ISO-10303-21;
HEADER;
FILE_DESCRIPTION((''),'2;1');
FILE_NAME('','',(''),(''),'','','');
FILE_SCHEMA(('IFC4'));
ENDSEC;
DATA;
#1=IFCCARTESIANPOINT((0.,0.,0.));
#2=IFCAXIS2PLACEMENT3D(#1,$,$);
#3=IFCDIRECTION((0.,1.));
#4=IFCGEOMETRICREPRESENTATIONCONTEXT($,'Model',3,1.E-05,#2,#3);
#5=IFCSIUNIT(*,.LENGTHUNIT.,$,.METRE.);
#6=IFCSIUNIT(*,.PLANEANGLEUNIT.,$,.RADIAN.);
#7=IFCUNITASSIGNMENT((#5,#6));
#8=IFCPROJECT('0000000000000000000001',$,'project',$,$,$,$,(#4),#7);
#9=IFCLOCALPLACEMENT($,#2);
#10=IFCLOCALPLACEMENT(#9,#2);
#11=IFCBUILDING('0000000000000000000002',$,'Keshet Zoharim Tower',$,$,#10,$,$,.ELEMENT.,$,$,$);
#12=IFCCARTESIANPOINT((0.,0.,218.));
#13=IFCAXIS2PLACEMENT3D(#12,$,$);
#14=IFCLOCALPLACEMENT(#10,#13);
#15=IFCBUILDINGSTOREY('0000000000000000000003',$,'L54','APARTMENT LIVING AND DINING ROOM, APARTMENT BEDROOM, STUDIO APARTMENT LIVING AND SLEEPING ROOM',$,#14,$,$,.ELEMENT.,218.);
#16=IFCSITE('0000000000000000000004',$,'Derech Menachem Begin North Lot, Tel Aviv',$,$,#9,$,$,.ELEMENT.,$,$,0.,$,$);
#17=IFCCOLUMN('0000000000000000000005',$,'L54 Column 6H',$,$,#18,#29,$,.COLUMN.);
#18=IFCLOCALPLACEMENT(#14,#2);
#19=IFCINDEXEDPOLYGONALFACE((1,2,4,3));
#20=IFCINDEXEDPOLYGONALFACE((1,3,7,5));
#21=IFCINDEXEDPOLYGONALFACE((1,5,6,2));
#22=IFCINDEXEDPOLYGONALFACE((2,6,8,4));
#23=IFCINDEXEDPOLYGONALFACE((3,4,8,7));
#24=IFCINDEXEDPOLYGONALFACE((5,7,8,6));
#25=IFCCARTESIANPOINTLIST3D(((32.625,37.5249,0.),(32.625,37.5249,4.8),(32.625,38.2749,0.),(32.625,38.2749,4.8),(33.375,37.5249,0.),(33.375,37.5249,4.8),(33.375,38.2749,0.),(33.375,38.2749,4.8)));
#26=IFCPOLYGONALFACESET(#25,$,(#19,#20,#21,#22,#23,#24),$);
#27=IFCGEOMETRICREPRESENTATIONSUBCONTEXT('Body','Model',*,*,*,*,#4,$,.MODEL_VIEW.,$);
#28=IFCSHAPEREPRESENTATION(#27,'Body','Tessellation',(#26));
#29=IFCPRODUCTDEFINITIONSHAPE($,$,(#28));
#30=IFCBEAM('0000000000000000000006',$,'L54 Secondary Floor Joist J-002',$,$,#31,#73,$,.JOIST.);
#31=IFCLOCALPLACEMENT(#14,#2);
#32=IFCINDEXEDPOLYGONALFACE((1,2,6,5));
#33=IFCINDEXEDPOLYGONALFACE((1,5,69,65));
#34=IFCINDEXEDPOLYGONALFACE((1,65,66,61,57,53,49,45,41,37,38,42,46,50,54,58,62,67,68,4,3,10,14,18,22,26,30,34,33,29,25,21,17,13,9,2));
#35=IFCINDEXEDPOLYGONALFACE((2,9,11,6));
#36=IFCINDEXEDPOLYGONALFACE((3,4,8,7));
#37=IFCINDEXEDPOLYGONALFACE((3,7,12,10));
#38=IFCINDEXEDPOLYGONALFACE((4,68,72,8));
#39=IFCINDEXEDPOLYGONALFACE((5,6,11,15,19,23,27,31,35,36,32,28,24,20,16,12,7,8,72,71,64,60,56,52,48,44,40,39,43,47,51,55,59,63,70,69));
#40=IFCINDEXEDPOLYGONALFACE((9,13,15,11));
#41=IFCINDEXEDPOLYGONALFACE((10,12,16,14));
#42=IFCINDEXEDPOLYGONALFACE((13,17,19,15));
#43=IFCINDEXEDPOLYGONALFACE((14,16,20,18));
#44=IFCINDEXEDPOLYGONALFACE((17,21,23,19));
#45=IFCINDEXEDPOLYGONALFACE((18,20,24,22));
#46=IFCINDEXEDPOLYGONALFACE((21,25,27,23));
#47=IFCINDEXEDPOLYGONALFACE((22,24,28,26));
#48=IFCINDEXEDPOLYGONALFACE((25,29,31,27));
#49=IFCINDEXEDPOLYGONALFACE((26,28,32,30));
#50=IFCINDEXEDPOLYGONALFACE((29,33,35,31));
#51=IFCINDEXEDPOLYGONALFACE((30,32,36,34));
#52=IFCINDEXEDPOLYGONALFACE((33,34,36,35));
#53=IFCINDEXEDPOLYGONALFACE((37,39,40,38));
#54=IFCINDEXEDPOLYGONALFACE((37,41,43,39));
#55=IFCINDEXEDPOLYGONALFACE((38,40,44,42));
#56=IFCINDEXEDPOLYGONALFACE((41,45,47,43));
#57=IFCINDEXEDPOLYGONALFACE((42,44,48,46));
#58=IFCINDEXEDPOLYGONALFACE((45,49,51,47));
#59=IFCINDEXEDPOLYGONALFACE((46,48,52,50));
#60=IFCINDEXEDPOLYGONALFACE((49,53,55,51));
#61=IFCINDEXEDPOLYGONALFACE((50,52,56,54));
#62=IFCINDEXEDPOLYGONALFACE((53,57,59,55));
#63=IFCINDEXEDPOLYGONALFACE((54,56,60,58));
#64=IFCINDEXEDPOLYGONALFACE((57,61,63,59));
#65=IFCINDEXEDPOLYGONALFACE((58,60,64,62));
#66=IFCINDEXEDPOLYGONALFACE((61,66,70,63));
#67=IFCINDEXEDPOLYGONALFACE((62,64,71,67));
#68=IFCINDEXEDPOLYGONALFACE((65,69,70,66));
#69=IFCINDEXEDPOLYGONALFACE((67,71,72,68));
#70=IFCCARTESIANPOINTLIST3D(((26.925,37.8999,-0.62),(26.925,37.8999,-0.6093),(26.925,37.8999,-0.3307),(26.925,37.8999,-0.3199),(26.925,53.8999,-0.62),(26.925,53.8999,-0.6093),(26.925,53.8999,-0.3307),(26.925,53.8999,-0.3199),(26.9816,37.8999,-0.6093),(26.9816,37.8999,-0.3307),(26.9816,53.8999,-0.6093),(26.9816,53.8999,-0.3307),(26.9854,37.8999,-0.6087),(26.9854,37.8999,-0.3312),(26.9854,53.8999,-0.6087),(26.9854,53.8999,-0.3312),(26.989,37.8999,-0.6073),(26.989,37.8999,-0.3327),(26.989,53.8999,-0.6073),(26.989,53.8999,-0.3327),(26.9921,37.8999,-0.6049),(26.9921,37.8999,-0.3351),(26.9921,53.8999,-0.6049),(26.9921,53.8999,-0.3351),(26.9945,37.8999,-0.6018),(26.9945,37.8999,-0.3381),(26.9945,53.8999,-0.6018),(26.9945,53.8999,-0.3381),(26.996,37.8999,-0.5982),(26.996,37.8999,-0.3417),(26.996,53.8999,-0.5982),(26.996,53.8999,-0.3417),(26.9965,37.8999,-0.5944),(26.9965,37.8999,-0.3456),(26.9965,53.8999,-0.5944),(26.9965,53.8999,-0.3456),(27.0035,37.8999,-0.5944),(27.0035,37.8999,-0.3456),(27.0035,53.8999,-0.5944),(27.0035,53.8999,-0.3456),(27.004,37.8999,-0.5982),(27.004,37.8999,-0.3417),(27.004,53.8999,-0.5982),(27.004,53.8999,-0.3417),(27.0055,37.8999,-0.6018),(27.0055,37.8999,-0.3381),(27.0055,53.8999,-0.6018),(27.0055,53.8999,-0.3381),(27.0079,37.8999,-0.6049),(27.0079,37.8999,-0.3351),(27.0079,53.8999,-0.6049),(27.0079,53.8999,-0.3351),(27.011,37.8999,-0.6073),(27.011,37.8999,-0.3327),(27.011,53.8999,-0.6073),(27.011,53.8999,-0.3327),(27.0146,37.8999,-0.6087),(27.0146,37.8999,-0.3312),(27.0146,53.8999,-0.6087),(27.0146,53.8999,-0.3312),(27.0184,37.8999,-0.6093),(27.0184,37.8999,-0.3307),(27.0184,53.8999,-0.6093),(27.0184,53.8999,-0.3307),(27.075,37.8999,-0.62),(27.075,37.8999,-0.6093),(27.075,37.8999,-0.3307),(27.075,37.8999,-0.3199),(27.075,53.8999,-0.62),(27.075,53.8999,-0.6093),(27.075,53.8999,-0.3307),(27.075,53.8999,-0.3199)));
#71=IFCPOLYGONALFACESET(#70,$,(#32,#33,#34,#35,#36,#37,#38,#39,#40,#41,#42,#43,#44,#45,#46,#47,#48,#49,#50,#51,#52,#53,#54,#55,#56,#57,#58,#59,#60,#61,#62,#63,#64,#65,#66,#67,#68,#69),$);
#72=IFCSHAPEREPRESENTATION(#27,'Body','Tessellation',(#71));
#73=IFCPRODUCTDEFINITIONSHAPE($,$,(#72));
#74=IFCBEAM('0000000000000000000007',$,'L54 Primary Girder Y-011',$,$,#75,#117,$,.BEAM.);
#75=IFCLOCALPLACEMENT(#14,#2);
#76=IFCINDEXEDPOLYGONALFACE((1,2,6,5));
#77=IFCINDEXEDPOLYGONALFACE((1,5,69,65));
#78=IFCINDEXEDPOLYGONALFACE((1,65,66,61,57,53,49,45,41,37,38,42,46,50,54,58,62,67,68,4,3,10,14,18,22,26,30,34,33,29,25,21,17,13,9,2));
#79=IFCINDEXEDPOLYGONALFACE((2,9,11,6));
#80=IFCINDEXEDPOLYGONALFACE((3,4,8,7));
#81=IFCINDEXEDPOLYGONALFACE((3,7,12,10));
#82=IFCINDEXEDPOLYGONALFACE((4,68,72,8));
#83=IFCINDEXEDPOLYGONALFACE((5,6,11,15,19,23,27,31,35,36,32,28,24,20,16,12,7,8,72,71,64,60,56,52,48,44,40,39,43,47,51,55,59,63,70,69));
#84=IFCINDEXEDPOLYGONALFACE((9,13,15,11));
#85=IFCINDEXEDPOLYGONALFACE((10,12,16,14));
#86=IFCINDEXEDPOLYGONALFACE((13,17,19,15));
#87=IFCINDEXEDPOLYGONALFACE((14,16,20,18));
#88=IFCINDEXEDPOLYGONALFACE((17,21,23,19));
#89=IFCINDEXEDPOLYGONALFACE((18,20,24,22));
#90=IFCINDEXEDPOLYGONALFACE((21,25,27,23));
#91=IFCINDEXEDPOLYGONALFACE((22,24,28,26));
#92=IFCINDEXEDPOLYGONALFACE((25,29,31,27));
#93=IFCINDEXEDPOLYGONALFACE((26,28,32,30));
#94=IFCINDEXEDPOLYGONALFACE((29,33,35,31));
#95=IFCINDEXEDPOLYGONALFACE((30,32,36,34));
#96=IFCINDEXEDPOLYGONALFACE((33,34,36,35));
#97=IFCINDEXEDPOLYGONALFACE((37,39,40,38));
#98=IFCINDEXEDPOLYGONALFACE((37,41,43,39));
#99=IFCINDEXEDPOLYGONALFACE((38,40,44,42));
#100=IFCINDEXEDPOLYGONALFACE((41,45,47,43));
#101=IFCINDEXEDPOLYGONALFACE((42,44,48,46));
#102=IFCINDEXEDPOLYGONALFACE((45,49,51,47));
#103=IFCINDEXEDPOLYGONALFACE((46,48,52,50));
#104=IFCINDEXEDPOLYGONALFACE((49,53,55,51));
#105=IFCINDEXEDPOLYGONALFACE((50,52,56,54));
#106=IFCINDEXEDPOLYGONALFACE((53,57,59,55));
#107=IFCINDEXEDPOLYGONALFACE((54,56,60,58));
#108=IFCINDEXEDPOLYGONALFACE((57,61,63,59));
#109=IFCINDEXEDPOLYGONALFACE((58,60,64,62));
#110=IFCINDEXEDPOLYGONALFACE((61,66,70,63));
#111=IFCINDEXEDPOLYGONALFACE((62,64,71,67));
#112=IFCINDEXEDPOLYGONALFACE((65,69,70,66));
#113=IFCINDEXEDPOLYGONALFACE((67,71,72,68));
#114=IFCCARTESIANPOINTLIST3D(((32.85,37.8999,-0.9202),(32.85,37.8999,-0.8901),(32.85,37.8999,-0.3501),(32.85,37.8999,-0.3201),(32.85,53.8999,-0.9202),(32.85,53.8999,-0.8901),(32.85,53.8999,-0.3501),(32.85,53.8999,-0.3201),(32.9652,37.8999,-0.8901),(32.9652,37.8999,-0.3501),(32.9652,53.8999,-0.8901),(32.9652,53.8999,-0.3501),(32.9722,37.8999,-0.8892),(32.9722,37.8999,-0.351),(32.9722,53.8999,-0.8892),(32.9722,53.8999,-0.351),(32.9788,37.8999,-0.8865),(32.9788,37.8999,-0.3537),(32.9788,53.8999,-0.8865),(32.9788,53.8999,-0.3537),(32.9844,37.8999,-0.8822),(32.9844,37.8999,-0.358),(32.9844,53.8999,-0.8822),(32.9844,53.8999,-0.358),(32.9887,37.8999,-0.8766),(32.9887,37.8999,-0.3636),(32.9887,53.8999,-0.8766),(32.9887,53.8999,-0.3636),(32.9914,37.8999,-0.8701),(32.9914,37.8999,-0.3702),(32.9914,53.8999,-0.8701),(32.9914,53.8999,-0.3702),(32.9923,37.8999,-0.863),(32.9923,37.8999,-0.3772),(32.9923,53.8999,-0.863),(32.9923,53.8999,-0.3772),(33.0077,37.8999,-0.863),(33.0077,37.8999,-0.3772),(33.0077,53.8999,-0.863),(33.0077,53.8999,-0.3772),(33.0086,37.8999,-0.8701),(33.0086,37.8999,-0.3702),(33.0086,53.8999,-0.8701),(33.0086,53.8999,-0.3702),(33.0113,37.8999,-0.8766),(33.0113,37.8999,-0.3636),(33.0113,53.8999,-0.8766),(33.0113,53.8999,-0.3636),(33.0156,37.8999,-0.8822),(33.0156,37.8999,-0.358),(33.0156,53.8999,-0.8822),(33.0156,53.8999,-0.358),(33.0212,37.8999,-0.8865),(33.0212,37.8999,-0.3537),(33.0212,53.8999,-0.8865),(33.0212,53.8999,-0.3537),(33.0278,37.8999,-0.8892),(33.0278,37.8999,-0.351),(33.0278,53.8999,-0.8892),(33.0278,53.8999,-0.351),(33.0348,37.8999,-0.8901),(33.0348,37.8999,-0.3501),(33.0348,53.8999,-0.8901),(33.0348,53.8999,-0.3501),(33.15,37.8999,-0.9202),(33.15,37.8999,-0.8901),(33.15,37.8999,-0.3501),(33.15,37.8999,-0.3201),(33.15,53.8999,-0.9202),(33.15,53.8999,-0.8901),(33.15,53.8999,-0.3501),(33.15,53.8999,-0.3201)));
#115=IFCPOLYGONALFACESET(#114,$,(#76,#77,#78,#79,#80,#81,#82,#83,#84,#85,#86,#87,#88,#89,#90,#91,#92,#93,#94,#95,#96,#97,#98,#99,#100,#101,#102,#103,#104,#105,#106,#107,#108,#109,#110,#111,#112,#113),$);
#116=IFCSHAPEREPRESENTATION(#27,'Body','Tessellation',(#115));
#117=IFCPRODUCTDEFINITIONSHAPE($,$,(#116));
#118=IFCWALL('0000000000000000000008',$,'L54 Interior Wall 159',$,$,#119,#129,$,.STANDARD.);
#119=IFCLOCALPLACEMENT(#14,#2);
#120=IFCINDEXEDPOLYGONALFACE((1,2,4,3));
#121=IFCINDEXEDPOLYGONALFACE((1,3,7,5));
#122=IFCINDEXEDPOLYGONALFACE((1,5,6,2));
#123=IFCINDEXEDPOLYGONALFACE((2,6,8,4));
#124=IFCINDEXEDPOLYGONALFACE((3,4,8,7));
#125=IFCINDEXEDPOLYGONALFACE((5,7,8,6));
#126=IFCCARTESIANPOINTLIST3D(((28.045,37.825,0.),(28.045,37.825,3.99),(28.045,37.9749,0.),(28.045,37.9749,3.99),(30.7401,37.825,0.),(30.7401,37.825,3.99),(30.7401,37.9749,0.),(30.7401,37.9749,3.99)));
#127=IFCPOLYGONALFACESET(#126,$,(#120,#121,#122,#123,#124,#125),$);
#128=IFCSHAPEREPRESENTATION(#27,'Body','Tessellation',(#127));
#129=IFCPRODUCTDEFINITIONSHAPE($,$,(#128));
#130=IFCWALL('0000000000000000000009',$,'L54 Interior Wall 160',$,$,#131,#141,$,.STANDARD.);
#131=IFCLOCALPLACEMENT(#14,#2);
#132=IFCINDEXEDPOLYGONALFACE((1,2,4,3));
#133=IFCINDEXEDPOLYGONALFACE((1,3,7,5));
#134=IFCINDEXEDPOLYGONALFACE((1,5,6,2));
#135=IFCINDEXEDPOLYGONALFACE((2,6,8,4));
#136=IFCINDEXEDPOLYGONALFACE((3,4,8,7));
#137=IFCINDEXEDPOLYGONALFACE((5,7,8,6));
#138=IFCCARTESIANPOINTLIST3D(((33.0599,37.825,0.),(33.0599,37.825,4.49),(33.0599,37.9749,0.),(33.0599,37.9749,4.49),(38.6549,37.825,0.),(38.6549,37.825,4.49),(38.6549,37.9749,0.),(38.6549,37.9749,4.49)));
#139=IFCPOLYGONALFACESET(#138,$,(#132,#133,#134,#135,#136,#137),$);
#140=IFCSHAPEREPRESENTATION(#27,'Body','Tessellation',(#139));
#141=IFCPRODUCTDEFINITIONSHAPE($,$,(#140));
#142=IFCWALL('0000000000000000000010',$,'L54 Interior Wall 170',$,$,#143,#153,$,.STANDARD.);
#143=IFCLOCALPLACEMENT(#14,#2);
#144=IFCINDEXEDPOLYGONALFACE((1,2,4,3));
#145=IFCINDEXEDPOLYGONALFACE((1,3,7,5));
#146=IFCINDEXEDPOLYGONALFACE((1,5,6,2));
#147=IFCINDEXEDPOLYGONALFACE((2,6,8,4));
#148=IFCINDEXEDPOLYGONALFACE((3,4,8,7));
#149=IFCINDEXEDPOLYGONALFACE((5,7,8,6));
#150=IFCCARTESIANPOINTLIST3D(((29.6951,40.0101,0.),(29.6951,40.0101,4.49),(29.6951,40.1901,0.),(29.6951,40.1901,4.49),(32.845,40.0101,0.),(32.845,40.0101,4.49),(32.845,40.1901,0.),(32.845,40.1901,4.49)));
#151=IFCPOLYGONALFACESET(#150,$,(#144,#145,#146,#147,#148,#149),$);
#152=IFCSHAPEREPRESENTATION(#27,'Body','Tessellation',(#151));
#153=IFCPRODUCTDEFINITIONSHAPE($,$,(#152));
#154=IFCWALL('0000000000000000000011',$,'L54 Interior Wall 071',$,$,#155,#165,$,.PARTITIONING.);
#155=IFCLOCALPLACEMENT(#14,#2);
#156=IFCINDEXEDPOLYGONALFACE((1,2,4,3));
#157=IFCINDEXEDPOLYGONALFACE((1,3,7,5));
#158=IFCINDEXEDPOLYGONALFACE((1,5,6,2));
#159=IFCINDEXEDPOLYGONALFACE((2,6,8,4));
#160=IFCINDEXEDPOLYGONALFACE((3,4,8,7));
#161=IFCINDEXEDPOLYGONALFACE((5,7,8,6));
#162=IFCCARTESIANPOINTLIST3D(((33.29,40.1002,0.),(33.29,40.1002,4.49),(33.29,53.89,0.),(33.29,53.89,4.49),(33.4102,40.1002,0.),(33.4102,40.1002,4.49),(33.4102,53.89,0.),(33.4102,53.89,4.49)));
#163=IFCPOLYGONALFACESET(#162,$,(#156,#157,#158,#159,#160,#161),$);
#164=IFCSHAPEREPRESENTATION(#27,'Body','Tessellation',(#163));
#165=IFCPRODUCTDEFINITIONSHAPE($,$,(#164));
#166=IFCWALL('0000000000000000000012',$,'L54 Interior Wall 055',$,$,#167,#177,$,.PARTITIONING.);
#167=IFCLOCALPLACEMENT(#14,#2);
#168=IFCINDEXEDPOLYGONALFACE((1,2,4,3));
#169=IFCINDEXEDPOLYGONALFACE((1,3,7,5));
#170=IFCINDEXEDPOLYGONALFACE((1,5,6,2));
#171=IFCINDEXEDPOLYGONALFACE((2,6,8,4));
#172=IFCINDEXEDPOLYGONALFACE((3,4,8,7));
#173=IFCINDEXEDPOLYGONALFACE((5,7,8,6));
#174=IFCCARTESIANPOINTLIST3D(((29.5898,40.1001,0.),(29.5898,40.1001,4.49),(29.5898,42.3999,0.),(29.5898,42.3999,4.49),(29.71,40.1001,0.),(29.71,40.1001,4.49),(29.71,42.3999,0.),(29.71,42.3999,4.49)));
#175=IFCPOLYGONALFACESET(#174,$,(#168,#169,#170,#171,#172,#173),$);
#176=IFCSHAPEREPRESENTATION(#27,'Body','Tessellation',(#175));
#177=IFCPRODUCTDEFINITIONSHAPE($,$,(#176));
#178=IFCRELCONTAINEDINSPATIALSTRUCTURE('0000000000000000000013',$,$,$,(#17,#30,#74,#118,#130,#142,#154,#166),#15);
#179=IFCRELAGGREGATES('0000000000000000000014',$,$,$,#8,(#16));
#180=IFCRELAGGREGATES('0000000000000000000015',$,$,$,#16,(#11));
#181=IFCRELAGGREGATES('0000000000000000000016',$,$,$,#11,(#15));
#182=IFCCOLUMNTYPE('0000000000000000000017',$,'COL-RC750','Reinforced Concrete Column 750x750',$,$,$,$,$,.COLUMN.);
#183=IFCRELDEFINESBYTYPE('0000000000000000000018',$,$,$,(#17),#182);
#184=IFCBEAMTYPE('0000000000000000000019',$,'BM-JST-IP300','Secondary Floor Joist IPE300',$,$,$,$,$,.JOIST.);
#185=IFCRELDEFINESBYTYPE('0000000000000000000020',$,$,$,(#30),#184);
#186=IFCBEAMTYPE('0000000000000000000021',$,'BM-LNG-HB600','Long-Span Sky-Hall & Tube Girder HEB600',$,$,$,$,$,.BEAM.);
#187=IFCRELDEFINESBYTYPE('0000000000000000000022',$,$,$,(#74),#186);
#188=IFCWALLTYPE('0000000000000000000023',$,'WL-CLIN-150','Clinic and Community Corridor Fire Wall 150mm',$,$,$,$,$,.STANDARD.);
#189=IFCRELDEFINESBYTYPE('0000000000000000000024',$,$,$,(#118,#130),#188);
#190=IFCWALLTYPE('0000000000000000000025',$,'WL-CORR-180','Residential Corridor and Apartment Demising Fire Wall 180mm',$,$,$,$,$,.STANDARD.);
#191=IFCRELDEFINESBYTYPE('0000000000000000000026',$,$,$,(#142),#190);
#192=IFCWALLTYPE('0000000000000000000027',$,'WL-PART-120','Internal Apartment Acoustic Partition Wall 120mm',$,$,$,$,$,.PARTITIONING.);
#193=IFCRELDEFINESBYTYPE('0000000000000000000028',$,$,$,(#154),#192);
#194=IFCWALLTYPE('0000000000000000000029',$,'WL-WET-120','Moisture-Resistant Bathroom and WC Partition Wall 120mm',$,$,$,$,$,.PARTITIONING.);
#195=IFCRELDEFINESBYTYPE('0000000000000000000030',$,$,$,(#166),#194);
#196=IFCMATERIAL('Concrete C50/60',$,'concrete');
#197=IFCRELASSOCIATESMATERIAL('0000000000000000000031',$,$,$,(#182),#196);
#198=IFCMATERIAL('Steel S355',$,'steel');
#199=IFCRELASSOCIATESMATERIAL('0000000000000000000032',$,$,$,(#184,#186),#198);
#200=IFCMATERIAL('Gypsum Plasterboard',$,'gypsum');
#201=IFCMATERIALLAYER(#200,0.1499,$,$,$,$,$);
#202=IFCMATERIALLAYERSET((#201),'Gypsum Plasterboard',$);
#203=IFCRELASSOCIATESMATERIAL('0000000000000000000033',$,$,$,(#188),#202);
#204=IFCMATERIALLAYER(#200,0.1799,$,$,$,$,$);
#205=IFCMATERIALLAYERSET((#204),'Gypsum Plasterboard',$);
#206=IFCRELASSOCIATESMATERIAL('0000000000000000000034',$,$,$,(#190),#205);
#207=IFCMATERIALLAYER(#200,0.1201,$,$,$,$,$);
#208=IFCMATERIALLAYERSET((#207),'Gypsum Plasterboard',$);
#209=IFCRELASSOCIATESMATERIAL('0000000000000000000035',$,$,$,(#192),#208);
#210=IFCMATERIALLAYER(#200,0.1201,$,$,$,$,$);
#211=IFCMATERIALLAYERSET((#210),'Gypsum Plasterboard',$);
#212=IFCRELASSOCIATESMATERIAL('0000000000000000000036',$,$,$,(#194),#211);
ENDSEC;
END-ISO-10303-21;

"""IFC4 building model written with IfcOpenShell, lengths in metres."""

from ifc_helpers import new_model, si_unit, direction, frame, frame_2d, origin, origin_2d, place, context, subcontext, project, spatial, rectangle, i_section, extrude, material, layer, layer_set, material_profile, profile_set, type_object, element, save


model = new_model("IFC4")

# Units and contexts
model_context = context("Model", 3, precision=1e-05, world=origin(), true_north=direction((0.0, 1.0)))
body_context = subcontext(model_context, "Body", "Model", "MODEL_VIEW")
ifc_project = project(units=[si_unit("LENGTHUNIT", "METRE"), si_unit("PLANEANGLEUNIT", "RADIAN")], contexts=[model_context])

# Site, building, storey
site_placement = place(None, origin())
site = spatial("IfcSite", under=ifc_project, at=site_placement, Name="Derech Menachem Begin North Lot, Tel Aviv", CompositionType="ELEMENT", RefElevation=0.0)
building_placement = place(site_placement, origin())
building = spatial("IfcBuilding", under=site, at=building_placement, Name="Keshet Zoharim Tower", CompositionType="ELEMENT")
storey_placement = place(building_placement, frame((0.0, 0.0, 218.0)))
storey = spatial("IfcBuildingStorey", under=building, at=storey_placement, Name="L54", Description="APARTMENT LIVING AND DINING ROOM, APARTMENT BEDROOM, STUDIO APARTMENT LIVING AND SLEEPING ROOM", CompositionType="ELEMENT", Elevation=218.0)

# Column
ifc_material_1 = material(Name="Concrete C50/60", Category="concrete")
ifc_material_profile_1 = material_profile(ifc_material_1, rectangle(XDim=0.75, YDim=0.75, at=origin_2d()), Name="RC750x750")
ifc_profile_set_1 = profile_set([ifc_material_profile_1], Name="Concrete C50/60")
column_type = type_object("IfcColumnType", Name="COL-RC750", Description="Reinforced Concrete Column 750x750", PredefinedType="COLUMN", material=ifc_profile_set_1)
column_placement = place(storey_placement, frame((33.0, 37.8999, 0.0), z_axis=(0.0, 0.0, 1.0), x_axis=(1.0, 0.0, 0.0)))
element("IfcColumn", 1, at=column_placement, inside=storey, type_object=column_type, Name="L54 Column 6H", PredefinedType="COLUMN", context=body_context, shape_type="SweptSolid", body=[
    extrude(rectangle(XDim=0.75, YDim=0.75, at=origin_2d()), origin(), (0.0, 0.0, 1.0), 4.8),
])

# Beams
ifc_material_2 = material(Name="Steel S355", Category="steel")
ifc_material_profile_2 = material_profile(ifc_material_2, i_section(OverallWidth=0.1499, OverallDepth=0.3, WebThickness=0.0071, FlangeThickness=0.0107, FilletRadius=0.0149, at=origin_2d()), Name="IPE300")
ifc_profile_set_2 = profile_set([ifc_material_profile_2], Name="Steel S355")
beam_type_1 = type_object("IfcBeamType", Name="BM-JST-IP300", Description="Secondary Floor Joist IPE300", PredefinedType="JOIST", material=ifc_profile_set_2)
beam_1_placement = place(storey_placement, frame((27.0, 37.8999, -0.47), z_axis=(0.0, 1.0, 0.0), x_axis=(-1.0, 0.0, 0.0)))
element("IfcBeam", 2, at=beam_1_placement, inside=storey, type_object=beam_type_1, Name="L54 Secondary Floor Joist J-002", PredefinedType="JOIST", context=body_context, shape_type="SweptSolid", body=[
    extrude(i_section(OverallWidth=0.1499, OverallDepth=0.3, WebThickness=0.0071, FlangeThickness=0.0107, FilletRadius=0.0149, at=origin_2d()), origin(), (0.0, 0.0, 1.0), 16.0),
])
ifc_material_profile_3 = material_profile(ifc_material_2, i_section(OverallWidth=0.3, OverallDepth=0.6001, WebThickness=0.0154, FlangeThickness=0.03, FilletRadius=0.0271, at=origin_2d()), Name="HEB600")
ifc_profile_set_3 = profile_set([ifc_material_profile_3], Name="Steel S355")
beam_type_2 = type_object("IfcBeamType", Name="BM-LNG-HB600", Description="Long-Span Sky-Hall & Tube Girder HEB600", PredefinedType="BEAM", material=ifc_profile_set_3)
beam_2_placement = place(storey_placement, frame((33.0, 37.8999, -0.6201), z_axis=(0.0, 1.0, 0.0), x_axis=(-1.0, 0.0, 0.0)))
element("IfcBeam", 3, at=beam_2_placement, inside=storey, type_object=beam_type_2, Name="L54 Primary Girder Y-011", PredefinedType="BEAM", context=body_context, shape_type="SweptSolid", body=[
    extrude(i_section(OverallWidth=0.3, OverallDepth=0.6001, WebThickness=0.0154, FlangeThickness=0.03, FilletRadius=0.0271, at=origin_2d()), origin(), (0.0, 0.0, 1.0), 16.0),
])

# Walls
ifc_material_3 = material(Name="Gypsum Plasterboard", Category="gypsum")
ifc_layer_1 = layer(ifc_material_3, 0.1499)
ifc_layer_set_1 = layer_set([ifc_layer_1], Name="Gypsum Plasterboard")
wall_type_1 = type_object("IfcWallType", Name="WL-CLIN-150", Description="Clinic and Community Corridor Fire Wall 150mm", PredefinedType="STANDARD", material=ifc_layer_set_1)
wall_1_placement = place(storey_placement, frame((28.0449, 37.8999, 0.0), z_axis=(0.0, 0.0, 1.0), x_axis=(1.0, 0.0, 0.0)))
element("IfcWall", 4, at=wall_1_placement, inside=storey, type_object=wall_type_1, Name="L54 Interior Wall 159", PredefinedType="STANDARD", context=body_context, shape_type="SweptSolid", body=[
    extrude(rectangle(XDim=2.6951, YDim=0.1499, at=frame_2d((1.3477, 0.0))), origin(), (0.0, 0.0, 1.0), 3.99),
])
wall_2_placement = place(storey_placement, frame((33.0601, 37.8999, 0.0), z_axis=(0.0, 0.0, 1.0), x_axis=(1.0, 0.0, 0.0)))
element("IfcWall", 5, at=wall_2_placement, inside=storey, type_object=wall_type_1, Name="L54 Interior Wall 160", PredefinedType="STANDARD", context=body_context, shape_type="SweptSolid", body=[
    extrude(rectangle(XDim=5.595, YDim=0.1499, at=frame_2d((2.7974, 0.0))), origin(), (0.0, 0.0, 1.0), 4.49),
])
ifc_layer_2 = layer(ifc_material_3, 0.1799)
ifc_layer_set_2 = layer_set([ifc_layer_2], Name="Gypsum Plasterboard")
wall_type_2 = type_object("IfcWallType", Name="WL-CORR-180", Description="Residential Corridor and Apartment Demising Fire Wall 180mm", PredefinedType="STANDARD", material=ifc_layer_set_2)
wall_3_placement = place(storey_placement, frame((29.6951, 40.1001, 0.0), z_axis=(0.0, 0.0, 1.0), x_axis=(1.0, 0.0, 0.0)))
element("IfcWall", 6, at=wall_3_placement, inside=storey, type_object=wall_type_2, Name="L54 Interior Wall 170", PredefinedType="STANDARD", context=body_context, shape_type="SweptSolid", body=[
    extrude(rectangle(XDim=3.1499, YDim=0.1799, at=frame_2d((1.575, 0.0))), origin(), (0.0, 0.0, 1.0), 4.49),
])

# Wall
ifc_layer_3 = layer(ifc_material_3, 0.1201)
ifc_layer_set_3 = layer_set([ifc_layer_3], Name="Gypsum Plasterboard")
wall_type_3 = type_object("IfcWallType", Name="WL-PART-120", Description="Internal Apartment Acoustic Partition Wall 120mm", PredefinedType="PARTITIONING", material=ifc_layer_set_3)
wall_4_placement = place(storey_placement, frame((33.3501, 40.1001, 0.0), z_axis=(0.0, 0.0, 1.0), x_axis=(0.0, 1.0, 0.0)))
element("IfcWall", 7, at=wall_4_placement, inside=storey, type_object=wall_type_3, Name="L54 Interior Wall 071", PredefinedType="PARTITIONING", context=body_context, shape_type="SweptSolid", body=[
    extrude(rectangle(XDim=13.7898, YDim=0.1201, at=frame_2d((6.895, 0.0))), origin(), (0.0, 0.0, 1.0), 4.49),
])

# Wall
ifc_layer_4 = layer(ifc_material_3, 0.1201)
ifc_layer_set_4 = layer_set([ifc_layer_4], Name="Gypsum Plasterboard")
wall_type_4 = type_object("IfcWallType", Name="WL-WET-120", Description="Moisture-Resistant Bathroom and WC Partition Wall 120mm", PredefinedType="PARTITIONING", material=ifc_layer_set_4)
wall_5_placement = place(storey_placement, frame((29.6499, 40.1001, 0.0), z_axis=(0.0, 0.0, 1.0), x_axis=(0.0, 1.0, 0.0)))
element("IfcWall", 8, at=wall_5_placement, inside=storey, type_object=wall_type_4, Name="L54 Interior Wall 055", PredefinedType="PARTITIONING", context=body_context, shape_type="SweptSolid", body=[
    extrude(rectangle(XDim=2.2998, YDim=0.1201, at=frame_2d((1.1499, 0.0))), origin(), (0.0, 0.0, 1.0), 4.49),
])

save(model, "model.ifc")
